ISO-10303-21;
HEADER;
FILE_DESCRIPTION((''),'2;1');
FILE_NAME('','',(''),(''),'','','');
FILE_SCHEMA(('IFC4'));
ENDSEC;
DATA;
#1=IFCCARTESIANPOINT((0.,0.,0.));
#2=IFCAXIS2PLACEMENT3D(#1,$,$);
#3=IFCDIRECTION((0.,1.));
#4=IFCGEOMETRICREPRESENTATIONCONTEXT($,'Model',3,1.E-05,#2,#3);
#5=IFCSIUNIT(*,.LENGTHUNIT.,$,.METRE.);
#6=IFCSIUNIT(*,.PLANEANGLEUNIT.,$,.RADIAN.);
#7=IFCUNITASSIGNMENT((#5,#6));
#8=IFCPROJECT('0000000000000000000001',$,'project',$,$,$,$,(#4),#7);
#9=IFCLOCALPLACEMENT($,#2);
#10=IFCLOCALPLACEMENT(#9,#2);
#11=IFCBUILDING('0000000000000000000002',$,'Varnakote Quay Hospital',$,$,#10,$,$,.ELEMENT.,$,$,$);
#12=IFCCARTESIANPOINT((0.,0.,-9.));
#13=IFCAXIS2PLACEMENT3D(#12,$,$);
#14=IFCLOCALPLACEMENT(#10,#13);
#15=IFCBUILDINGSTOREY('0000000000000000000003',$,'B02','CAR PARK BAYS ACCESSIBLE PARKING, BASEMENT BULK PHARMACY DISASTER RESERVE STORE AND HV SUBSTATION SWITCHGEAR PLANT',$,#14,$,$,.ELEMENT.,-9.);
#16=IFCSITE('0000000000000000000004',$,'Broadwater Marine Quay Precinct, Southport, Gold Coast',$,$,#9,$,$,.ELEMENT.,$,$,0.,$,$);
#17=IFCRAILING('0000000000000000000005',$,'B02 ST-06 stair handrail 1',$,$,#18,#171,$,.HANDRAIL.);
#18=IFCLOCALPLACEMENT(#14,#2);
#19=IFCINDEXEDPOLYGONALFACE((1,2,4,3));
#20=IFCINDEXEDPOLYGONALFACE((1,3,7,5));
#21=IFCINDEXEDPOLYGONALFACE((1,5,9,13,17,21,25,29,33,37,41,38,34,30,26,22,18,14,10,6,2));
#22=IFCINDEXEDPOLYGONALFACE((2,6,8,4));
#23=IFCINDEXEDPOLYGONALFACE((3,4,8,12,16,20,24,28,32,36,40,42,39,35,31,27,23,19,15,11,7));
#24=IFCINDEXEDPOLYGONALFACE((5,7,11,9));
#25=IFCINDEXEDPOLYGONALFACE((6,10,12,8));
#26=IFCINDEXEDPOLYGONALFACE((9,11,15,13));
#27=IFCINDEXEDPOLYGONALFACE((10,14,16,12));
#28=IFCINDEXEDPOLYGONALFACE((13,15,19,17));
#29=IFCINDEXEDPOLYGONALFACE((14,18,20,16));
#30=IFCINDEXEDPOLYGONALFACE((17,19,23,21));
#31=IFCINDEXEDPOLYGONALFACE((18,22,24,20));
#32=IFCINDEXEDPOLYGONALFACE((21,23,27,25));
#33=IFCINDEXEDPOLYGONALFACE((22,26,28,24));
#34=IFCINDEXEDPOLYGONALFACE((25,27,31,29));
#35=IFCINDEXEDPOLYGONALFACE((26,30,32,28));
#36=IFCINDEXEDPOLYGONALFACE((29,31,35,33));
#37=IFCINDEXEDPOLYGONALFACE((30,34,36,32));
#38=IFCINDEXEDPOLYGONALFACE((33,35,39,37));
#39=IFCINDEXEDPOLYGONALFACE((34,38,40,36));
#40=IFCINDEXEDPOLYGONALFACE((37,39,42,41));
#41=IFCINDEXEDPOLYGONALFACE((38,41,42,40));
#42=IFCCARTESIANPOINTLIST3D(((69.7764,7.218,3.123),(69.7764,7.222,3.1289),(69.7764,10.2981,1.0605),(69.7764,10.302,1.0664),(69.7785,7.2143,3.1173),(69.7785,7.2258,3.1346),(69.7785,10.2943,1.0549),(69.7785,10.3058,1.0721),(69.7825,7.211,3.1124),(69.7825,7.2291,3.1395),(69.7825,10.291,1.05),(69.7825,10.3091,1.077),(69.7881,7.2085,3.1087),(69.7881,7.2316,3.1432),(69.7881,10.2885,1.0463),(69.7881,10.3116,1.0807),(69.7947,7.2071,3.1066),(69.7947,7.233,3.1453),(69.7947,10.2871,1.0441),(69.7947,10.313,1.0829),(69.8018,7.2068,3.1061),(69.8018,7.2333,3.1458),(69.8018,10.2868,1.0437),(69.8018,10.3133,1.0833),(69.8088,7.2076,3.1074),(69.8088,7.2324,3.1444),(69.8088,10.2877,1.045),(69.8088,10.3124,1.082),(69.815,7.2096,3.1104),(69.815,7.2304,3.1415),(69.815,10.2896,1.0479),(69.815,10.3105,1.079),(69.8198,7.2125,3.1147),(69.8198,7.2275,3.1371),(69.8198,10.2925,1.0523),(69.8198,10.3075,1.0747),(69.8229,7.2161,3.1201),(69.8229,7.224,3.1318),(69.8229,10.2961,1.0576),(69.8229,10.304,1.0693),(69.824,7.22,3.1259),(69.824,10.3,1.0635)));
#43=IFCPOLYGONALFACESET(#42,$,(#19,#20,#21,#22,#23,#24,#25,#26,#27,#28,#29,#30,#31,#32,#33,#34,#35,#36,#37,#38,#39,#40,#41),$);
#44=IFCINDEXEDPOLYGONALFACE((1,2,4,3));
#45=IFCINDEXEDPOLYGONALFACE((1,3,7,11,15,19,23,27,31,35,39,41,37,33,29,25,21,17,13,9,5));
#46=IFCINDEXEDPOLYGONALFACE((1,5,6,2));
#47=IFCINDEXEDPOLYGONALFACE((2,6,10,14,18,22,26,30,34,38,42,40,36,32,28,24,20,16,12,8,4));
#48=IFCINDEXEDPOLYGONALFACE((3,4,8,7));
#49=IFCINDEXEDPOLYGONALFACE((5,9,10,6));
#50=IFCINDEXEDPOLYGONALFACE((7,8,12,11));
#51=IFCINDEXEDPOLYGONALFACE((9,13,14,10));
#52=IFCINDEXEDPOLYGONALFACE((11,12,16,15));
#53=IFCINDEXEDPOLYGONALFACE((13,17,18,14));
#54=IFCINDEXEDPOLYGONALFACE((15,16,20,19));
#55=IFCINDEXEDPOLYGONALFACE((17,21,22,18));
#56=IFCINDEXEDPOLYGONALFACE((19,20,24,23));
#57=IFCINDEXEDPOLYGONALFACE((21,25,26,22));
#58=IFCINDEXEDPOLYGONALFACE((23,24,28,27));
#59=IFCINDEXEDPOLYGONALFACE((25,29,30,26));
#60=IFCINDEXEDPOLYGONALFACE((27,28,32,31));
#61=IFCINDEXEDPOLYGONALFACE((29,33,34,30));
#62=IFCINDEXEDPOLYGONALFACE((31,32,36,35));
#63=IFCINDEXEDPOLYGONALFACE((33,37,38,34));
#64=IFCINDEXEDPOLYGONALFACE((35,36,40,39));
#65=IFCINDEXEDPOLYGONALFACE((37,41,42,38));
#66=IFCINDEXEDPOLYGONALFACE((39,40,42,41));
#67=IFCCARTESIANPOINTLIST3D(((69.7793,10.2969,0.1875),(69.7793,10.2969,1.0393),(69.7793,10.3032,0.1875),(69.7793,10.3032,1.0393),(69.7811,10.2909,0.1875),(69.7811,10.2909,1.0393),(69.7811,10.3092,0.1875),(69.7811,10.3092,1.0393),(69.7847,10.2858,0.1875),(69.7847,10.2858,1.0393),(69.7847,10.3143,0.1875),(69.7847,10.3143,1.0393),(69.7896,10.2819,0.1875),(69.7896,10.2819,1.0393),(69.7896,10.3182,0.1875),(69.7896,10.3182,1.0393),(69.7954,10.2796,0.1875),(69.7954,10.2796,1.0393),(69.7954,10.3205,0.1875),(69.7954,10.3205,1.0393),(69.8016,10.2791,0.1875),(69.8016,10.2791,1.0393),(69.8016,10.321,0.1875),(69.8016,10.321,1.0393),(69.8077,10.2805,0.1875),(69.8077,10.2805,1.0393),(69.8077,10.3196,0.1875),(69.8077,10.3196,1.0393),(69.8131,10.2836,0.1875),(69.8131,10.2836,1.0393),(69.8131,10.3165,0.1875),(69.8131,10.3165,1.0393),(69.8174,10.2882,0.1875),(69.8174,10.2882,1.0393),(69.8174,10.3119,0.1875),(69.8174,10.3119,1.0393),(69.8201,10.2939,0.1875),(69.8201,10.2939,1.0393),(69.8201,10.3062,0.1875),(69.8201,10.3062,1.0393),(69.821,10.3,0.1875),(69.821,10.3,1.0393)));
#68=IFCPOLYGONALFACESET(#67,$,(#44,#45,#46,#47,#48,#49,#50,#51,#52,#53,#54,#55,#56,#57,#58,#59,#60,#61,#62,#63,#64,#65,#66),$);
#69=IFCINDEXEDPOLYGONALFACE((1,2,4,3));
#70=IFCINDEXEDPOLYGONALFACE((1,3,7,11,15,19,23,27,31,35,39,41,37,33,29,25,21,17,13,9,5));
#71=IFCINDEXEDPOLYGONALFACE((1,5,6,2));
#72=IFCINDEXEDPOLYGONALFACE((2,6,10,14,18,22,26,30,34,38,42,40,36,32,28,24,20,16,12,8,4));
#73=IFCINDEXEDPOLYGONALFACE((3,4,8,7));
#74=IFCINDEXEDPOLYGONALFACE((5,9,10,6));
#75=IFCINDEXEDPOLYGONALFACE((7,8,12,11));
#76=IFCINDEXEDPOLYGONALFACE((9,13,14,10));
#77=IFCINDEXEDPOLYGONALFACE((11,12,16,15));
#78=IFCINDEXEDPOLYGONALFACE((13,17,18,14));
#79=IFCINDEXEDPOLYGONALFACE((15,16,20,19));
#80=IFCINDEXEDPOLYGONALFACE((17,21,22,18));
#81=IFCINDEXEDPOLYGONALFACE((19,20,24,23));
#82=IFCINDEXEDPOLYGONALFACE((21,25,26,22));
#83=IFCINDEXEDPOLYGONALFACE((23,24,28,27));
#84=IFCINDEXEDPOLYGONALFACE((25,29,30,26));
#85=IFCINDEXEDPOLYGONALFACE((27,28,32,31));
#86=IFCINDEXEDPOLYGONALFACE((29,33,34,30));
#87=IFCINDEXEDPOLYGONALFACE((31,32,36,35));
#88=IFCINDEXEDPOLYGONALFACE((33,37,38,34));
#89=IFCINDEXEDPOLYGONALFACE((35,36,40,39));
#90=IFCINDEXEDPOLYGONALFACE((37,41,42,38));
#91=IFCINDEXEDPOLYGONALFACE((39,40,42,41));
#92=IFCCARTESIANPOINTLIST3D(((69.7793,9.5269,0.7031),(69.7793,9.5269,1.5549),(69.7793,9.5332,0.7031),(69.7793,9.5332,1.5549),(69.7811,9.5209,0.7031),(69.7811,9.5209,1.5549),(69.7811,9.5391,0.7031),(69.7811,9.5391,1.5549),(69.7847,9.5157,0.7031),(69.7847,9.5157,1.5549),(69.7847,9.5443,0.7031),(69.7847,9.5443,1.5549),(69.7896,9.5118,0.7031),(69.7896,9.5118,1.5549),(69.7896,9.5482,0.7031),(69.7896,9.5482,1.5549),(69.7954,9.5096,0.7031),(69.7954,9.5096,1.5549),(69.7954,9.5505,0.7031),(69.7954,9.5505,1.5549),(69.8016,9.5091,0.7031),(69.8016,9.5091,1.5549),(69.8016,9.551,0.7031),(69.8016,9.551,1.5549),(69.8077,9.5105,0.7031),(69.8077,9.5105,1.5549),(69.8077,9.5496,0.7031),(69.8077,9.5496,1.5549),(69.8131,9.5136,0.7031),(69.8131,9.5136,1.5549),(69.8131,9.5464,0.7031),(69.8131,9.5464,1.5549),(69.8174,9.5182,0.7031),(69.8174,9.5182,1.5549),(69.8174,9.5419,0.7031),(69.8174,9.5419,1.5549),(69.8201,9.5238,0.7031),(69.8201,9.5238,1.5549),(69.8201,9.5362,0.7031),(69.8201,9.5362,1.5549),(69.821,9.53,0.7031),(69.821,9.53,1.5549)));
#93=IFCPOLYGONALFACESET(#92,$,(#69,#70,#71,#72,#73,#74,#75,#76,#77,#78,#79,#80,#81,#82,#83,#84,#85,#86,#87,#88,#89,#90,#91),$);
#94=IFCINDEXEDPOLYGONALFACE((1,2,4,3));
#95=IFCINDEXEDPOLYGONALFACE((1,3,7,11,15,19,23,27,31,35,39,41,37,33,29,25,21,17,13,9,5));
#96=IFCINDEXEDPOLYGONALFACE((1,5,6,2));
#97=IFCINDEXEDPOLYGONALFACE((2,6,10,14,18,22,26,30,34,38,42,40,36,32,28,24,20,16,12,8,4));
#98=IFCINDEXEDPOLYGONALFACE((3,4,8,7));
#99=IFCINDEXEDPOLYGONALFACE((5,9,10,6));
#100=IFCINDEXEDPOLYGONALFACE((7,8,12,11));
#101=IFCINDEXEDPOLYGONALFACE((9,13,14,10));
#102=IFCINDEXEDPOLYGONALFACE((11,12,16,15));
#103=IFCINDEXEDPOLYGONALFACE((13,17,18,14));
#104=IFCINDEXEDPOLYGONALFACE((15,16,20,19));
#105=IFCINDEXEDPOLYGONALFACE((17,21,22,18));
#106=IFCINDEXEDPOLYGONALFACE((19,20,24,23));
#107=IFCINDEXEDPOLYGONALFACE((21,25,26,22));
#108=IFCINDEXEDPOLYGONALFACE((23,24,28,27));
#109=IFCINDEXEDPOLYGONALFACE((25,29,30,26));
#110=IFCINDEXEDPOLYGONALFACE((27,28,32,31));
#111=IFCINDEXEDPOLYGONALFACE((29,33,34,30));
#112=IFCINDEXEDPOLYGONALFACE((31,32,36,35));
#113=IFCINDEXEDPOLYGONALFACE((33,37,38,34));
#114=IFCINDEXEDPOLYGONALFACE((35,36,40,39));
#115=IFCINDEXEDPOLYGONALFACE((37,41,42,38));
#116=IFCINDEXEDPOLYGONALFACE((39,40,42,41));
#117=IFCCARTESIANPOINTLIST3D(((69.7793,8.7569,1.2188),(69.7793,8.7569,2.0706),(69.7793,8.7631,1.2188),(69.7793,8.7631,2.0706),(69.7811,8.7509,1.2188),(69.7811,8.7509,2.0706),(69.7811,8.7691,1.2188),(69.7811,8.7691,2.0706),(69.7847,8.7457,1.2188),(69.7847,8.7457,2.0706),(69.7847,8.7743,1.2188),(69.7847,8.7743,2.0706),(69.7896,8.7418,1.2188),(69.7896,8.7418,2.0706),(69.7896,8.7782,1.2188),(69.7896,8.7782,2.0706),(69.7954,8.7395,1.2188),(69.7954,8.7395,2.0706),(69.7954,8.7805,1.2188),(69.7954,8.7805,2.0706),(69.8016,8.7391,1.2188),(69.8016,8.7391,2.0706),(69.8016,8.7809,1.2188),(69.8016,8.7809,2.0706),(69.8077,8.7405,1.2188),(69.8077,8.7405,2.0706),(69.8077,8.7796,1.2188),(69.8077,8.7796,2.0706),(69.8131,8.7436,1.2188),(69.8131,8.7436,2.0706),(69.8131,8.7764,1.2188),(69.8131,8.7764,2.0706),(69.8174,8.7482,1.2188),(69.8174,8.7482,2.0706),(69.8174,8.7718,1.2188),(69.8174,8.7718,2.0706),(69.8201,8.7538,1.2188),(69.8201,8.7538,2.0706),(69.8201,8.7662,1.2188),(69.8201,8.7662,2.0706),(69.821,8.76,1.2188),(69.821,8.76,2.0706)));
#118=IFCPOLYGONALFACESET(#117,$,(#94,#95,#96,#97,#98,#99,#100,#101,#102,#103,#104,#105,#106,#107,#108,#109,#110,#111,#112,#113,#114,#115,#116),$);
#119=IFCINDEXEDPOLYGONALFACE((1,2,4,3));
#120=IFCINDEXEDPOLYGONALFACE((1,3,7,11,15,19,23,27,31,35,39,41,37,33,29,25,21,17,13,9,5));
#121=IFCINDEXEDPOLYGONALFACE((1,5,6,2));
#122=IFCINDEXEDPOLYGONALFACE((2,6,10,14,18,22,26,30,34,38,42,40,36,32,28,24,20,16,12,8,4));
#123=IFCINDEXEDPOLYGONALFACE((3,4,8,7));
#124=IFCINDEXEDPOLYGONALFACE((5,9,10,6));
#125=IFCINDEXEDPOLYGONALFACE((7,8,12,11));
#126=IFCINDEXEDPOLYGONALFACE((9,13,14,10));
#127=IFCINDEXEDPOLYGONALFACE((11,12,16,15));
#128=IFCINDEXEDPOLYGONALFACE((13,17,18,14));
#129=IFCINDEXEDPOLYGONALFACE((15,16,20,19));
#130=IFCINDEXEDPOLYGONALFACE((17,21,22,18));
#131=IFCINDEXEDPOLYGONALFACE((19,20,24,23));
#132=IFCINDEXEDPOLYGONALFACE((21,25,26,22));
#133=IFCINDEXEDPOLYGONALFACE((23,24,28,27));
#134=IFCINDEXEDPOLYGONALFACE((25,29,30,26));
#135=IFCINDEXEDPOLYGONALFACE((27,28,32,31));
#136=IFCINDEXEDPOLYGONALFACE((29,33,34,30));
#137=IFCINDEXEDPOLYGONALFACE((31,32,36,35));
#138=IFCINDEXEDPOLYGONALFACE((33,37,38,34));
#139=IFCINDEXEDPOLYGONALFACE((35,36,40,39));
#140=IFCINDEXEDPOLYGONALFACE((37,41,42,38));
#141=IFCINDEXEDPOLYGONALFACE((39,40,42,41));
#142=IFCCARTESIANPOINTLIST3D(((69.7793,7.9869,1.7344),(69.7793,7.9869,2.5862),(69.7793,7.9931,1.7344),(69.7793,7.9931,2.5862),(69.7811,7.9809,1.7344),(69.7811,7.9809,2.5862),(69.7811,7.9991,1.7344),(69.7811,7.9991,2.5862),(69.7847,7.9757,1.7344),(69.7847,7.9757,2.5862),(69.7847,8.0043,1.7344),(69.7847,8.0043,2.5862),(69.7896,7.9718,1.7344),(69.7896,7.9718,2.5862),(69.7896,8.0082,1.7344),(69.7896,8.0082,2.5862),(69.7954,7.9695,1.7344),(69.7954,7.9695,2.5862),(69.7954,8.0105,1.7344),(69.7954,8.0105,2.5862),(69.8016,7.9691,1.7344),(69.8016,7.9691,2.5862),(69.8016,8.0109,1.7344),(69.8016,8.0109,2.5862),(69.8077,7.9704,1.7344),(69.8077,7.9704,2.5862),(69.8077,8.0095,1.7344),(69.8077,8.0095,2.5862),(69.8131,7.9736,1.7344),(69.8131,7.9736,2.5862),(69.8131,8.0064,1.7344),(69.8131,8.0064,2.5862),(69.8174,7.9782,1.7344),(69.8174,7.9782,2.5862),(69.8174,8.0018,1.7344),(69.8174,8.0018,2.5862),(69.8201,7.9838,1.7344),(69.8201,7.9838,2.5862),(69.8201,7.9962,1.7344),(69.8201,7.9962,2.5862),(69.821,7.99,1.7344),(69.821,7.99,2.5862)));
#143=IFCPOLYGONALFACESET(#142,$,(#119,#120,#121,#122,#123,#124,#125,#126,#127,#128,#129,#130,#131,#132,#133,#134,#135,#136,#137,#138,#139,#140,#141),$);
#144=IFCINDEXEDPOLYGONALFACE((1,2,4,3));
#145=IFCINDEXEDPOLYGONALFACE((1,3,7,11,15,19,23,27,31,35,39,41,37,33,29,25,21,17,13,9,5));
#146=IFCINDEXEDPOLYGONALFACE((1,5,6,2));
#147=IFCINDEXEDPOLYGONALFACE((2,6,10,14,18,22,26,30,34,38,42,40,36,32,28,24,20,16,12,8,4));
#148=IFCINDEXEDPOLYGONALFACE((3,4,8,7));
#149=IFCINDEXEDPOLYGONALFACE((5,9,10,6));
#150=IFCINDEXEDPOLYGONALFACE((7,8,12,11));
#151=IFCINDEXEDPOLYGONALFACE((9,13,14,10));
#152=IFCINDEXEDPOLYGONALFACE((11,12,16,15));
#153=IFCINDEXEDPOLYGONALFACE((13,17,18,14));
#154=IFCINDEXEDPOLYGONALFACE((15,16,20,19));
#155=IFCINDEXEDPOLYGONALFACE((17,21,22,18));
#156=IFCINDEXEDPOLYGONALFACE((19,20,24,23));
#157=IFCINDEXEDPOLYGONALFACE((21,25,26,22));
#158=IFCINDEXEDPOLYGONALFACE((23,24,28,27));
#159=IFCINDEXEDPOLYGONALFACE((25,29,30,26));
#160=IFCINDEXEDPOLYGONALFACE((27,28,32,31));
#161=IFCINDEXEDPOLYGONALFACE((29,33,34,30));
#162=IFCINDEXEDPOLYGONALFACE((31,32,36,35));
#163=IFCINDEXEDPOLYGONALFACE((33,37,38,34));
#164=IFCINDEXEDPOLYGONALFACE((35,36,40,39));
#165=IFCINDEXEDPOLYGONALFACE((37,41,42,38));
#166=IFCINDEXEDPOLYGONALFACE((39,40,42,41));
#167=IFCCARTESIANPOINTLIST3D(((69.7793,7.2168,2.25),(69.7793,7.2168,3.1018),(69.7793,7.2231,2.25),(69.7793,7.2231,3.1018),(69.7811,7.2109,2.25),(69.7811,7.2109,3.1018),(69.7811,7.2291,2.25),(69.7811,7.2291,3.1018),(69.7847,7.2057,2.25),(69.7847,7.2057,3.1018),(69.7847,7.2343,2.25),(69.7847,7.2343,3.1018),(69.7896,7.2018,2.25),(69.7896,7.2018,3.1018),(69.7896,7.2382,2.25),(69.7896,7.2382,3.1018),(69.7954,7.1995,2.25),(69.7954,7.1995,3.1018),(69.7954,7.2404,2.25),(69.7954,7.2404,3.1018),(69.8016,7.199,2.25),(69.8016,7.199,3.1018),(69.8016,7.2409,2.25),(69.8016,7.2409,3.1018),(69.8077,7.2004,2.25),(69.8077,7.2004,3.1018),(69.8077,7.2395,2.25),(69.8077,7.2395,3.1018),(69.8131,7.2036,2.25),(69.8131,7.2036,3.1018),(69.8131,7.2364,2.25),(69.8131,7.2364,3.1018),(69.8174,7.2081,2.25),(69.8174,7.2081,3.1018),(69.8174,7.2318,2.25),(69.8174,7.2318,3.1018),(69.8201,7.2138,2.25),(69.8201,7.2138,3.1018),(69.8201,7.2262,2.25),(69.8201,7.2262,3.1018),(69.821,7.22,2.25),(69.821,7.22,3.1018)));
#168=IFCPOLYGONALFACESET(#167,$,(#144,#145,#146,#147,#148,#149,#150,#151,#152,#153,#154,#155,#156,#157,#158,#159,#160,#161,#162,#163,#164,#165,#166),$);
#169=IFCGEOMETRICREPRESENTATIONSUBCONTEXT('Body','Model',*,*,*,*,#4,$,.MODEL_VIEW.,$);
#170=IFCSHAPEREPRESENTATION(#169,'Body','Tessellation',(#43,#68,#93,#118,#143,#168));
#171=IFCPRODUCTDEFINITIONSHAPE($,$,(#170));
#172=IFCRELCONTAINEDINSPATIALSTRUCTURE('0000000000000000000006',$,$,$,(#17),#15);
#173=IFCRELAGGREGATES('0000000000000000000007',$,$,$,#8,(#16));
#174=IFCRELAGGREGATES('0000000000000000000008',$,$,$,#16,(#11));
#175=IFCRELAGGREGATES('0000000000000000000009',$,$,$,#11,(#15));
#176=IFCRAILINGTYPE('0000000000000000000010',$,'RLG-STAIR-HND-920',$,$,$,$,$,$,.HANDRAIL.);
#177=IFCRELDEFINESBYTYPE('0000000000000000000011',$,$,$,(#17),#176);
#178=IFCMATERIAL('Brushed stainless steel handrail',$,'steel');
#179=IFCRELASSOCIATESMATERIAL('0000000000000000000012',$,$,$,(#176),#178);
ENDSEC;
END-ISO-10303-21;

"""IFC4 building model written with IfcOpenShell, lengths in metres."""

from ifc_helpers import new_model, si_unit, direction, frame, origin, origin_2d, place, context, subcontext, project, spatial, circle, extrude, material, type_object, element, save


model = new_model("IFC4")

# Units and contexts
model_context = context("Model", 3, precision=1e-05, world=origin(), true_north=direction((0.0, 1.0)))
body_context = subcontext(model_context, "Body", "Model", "MODEL_VIEW")
ifc_project = project(units=[si_unit("LENGTHUNIT", "METRE"), si_unit("PLANEANGLEUNIT", "RADIAN")], contexts=[model_context])

# Site, building, storey
site_placement = place(None, origin())
site = spatial("IfcSite", under=ifc_project, at=site_placement, Name="Broadwater Marine Quay Precinct, Southport, Gold Coast", CompositionType="ELEMENT", RefElevation=0.0)
building_placement = place(site_placement, origin())
building = spatial("IfcBuilding", under=site, at=building_placement, Name="Varnakote Quay Hospital", CompositionType="ELEMENT")
storey_placement = place(building_placement, frame((0.0, 0.0, -9.0)))
storey = spatial("IfcBuildingStorey", under=building, at=storey_placement, Name="B02", Description="CAR PARK BAYS ACCESSIBLE PARKING, BASEMENT BULK PHARMACY DISASTER RESERVE STORE AND HV SUBSTATION SWITCHGEAR PLANT", CompositionType="ELEMENT", Elevation=-9.0)

# Railing
ifc_material_1 = material(Name="Brushed stainless steel handrail", Category="steel")
railing_type_1 = type_object("IfcRailingType", Name="RLG-STAIR-HND-920", PredefinedType="HANDRAIL", material=ifc_material_1)
railing_1_placement = place(storey_placement, frame((69.8, 10.3, 0.1875)))
element("IfcRailing", 1, at=railing_1_placement, inside=storey, type_object=railing_type_1, Name="B02 ST-06 stair handrail 1", PredefinedType="HANDRAIL", context=body_context, shape_type="SweptSolid", body=[
    extrude(circle(Radius=0.0239, at=origin_2d()), frame((0.0, 0.0, 0.876), z_axis=(0.0, -0.830914, 0.556401), x_axis=(1.0, 0.0, 0.0)), (0.0, 0.0, 1.0), 3.7068),
    extrude(circle(Radius=0.021, at=origin_2d()), origin(), (0.0, 0.0, 1.0), 0.8518),
    extrude(circle(Radius=0.021, at=origin_2d()), frame((0.0, -0.77, 0.5156)), (0.0, 0.0, 1.0), 0.8518),
    extrude(circle(Radius=0.021, at=origin_2d()), frame((0.0, -1.54, 1.0312)), (0.0, 0.0, 1.0), 0.8518),
    extrude(circle(Radius=0.021, at=origin_2d()), frame((0.0, -2.3101, 1.5469)), (0.0, 0.0, 1.0), 0.8518),
    extrude(circle(Radius=0.021, at=origin_2d()), frame((0.0, -3.0801, 2.0625)), (0.0, 0.0, 1.0), 0.8518),
])

save(model, "model.ifc")
